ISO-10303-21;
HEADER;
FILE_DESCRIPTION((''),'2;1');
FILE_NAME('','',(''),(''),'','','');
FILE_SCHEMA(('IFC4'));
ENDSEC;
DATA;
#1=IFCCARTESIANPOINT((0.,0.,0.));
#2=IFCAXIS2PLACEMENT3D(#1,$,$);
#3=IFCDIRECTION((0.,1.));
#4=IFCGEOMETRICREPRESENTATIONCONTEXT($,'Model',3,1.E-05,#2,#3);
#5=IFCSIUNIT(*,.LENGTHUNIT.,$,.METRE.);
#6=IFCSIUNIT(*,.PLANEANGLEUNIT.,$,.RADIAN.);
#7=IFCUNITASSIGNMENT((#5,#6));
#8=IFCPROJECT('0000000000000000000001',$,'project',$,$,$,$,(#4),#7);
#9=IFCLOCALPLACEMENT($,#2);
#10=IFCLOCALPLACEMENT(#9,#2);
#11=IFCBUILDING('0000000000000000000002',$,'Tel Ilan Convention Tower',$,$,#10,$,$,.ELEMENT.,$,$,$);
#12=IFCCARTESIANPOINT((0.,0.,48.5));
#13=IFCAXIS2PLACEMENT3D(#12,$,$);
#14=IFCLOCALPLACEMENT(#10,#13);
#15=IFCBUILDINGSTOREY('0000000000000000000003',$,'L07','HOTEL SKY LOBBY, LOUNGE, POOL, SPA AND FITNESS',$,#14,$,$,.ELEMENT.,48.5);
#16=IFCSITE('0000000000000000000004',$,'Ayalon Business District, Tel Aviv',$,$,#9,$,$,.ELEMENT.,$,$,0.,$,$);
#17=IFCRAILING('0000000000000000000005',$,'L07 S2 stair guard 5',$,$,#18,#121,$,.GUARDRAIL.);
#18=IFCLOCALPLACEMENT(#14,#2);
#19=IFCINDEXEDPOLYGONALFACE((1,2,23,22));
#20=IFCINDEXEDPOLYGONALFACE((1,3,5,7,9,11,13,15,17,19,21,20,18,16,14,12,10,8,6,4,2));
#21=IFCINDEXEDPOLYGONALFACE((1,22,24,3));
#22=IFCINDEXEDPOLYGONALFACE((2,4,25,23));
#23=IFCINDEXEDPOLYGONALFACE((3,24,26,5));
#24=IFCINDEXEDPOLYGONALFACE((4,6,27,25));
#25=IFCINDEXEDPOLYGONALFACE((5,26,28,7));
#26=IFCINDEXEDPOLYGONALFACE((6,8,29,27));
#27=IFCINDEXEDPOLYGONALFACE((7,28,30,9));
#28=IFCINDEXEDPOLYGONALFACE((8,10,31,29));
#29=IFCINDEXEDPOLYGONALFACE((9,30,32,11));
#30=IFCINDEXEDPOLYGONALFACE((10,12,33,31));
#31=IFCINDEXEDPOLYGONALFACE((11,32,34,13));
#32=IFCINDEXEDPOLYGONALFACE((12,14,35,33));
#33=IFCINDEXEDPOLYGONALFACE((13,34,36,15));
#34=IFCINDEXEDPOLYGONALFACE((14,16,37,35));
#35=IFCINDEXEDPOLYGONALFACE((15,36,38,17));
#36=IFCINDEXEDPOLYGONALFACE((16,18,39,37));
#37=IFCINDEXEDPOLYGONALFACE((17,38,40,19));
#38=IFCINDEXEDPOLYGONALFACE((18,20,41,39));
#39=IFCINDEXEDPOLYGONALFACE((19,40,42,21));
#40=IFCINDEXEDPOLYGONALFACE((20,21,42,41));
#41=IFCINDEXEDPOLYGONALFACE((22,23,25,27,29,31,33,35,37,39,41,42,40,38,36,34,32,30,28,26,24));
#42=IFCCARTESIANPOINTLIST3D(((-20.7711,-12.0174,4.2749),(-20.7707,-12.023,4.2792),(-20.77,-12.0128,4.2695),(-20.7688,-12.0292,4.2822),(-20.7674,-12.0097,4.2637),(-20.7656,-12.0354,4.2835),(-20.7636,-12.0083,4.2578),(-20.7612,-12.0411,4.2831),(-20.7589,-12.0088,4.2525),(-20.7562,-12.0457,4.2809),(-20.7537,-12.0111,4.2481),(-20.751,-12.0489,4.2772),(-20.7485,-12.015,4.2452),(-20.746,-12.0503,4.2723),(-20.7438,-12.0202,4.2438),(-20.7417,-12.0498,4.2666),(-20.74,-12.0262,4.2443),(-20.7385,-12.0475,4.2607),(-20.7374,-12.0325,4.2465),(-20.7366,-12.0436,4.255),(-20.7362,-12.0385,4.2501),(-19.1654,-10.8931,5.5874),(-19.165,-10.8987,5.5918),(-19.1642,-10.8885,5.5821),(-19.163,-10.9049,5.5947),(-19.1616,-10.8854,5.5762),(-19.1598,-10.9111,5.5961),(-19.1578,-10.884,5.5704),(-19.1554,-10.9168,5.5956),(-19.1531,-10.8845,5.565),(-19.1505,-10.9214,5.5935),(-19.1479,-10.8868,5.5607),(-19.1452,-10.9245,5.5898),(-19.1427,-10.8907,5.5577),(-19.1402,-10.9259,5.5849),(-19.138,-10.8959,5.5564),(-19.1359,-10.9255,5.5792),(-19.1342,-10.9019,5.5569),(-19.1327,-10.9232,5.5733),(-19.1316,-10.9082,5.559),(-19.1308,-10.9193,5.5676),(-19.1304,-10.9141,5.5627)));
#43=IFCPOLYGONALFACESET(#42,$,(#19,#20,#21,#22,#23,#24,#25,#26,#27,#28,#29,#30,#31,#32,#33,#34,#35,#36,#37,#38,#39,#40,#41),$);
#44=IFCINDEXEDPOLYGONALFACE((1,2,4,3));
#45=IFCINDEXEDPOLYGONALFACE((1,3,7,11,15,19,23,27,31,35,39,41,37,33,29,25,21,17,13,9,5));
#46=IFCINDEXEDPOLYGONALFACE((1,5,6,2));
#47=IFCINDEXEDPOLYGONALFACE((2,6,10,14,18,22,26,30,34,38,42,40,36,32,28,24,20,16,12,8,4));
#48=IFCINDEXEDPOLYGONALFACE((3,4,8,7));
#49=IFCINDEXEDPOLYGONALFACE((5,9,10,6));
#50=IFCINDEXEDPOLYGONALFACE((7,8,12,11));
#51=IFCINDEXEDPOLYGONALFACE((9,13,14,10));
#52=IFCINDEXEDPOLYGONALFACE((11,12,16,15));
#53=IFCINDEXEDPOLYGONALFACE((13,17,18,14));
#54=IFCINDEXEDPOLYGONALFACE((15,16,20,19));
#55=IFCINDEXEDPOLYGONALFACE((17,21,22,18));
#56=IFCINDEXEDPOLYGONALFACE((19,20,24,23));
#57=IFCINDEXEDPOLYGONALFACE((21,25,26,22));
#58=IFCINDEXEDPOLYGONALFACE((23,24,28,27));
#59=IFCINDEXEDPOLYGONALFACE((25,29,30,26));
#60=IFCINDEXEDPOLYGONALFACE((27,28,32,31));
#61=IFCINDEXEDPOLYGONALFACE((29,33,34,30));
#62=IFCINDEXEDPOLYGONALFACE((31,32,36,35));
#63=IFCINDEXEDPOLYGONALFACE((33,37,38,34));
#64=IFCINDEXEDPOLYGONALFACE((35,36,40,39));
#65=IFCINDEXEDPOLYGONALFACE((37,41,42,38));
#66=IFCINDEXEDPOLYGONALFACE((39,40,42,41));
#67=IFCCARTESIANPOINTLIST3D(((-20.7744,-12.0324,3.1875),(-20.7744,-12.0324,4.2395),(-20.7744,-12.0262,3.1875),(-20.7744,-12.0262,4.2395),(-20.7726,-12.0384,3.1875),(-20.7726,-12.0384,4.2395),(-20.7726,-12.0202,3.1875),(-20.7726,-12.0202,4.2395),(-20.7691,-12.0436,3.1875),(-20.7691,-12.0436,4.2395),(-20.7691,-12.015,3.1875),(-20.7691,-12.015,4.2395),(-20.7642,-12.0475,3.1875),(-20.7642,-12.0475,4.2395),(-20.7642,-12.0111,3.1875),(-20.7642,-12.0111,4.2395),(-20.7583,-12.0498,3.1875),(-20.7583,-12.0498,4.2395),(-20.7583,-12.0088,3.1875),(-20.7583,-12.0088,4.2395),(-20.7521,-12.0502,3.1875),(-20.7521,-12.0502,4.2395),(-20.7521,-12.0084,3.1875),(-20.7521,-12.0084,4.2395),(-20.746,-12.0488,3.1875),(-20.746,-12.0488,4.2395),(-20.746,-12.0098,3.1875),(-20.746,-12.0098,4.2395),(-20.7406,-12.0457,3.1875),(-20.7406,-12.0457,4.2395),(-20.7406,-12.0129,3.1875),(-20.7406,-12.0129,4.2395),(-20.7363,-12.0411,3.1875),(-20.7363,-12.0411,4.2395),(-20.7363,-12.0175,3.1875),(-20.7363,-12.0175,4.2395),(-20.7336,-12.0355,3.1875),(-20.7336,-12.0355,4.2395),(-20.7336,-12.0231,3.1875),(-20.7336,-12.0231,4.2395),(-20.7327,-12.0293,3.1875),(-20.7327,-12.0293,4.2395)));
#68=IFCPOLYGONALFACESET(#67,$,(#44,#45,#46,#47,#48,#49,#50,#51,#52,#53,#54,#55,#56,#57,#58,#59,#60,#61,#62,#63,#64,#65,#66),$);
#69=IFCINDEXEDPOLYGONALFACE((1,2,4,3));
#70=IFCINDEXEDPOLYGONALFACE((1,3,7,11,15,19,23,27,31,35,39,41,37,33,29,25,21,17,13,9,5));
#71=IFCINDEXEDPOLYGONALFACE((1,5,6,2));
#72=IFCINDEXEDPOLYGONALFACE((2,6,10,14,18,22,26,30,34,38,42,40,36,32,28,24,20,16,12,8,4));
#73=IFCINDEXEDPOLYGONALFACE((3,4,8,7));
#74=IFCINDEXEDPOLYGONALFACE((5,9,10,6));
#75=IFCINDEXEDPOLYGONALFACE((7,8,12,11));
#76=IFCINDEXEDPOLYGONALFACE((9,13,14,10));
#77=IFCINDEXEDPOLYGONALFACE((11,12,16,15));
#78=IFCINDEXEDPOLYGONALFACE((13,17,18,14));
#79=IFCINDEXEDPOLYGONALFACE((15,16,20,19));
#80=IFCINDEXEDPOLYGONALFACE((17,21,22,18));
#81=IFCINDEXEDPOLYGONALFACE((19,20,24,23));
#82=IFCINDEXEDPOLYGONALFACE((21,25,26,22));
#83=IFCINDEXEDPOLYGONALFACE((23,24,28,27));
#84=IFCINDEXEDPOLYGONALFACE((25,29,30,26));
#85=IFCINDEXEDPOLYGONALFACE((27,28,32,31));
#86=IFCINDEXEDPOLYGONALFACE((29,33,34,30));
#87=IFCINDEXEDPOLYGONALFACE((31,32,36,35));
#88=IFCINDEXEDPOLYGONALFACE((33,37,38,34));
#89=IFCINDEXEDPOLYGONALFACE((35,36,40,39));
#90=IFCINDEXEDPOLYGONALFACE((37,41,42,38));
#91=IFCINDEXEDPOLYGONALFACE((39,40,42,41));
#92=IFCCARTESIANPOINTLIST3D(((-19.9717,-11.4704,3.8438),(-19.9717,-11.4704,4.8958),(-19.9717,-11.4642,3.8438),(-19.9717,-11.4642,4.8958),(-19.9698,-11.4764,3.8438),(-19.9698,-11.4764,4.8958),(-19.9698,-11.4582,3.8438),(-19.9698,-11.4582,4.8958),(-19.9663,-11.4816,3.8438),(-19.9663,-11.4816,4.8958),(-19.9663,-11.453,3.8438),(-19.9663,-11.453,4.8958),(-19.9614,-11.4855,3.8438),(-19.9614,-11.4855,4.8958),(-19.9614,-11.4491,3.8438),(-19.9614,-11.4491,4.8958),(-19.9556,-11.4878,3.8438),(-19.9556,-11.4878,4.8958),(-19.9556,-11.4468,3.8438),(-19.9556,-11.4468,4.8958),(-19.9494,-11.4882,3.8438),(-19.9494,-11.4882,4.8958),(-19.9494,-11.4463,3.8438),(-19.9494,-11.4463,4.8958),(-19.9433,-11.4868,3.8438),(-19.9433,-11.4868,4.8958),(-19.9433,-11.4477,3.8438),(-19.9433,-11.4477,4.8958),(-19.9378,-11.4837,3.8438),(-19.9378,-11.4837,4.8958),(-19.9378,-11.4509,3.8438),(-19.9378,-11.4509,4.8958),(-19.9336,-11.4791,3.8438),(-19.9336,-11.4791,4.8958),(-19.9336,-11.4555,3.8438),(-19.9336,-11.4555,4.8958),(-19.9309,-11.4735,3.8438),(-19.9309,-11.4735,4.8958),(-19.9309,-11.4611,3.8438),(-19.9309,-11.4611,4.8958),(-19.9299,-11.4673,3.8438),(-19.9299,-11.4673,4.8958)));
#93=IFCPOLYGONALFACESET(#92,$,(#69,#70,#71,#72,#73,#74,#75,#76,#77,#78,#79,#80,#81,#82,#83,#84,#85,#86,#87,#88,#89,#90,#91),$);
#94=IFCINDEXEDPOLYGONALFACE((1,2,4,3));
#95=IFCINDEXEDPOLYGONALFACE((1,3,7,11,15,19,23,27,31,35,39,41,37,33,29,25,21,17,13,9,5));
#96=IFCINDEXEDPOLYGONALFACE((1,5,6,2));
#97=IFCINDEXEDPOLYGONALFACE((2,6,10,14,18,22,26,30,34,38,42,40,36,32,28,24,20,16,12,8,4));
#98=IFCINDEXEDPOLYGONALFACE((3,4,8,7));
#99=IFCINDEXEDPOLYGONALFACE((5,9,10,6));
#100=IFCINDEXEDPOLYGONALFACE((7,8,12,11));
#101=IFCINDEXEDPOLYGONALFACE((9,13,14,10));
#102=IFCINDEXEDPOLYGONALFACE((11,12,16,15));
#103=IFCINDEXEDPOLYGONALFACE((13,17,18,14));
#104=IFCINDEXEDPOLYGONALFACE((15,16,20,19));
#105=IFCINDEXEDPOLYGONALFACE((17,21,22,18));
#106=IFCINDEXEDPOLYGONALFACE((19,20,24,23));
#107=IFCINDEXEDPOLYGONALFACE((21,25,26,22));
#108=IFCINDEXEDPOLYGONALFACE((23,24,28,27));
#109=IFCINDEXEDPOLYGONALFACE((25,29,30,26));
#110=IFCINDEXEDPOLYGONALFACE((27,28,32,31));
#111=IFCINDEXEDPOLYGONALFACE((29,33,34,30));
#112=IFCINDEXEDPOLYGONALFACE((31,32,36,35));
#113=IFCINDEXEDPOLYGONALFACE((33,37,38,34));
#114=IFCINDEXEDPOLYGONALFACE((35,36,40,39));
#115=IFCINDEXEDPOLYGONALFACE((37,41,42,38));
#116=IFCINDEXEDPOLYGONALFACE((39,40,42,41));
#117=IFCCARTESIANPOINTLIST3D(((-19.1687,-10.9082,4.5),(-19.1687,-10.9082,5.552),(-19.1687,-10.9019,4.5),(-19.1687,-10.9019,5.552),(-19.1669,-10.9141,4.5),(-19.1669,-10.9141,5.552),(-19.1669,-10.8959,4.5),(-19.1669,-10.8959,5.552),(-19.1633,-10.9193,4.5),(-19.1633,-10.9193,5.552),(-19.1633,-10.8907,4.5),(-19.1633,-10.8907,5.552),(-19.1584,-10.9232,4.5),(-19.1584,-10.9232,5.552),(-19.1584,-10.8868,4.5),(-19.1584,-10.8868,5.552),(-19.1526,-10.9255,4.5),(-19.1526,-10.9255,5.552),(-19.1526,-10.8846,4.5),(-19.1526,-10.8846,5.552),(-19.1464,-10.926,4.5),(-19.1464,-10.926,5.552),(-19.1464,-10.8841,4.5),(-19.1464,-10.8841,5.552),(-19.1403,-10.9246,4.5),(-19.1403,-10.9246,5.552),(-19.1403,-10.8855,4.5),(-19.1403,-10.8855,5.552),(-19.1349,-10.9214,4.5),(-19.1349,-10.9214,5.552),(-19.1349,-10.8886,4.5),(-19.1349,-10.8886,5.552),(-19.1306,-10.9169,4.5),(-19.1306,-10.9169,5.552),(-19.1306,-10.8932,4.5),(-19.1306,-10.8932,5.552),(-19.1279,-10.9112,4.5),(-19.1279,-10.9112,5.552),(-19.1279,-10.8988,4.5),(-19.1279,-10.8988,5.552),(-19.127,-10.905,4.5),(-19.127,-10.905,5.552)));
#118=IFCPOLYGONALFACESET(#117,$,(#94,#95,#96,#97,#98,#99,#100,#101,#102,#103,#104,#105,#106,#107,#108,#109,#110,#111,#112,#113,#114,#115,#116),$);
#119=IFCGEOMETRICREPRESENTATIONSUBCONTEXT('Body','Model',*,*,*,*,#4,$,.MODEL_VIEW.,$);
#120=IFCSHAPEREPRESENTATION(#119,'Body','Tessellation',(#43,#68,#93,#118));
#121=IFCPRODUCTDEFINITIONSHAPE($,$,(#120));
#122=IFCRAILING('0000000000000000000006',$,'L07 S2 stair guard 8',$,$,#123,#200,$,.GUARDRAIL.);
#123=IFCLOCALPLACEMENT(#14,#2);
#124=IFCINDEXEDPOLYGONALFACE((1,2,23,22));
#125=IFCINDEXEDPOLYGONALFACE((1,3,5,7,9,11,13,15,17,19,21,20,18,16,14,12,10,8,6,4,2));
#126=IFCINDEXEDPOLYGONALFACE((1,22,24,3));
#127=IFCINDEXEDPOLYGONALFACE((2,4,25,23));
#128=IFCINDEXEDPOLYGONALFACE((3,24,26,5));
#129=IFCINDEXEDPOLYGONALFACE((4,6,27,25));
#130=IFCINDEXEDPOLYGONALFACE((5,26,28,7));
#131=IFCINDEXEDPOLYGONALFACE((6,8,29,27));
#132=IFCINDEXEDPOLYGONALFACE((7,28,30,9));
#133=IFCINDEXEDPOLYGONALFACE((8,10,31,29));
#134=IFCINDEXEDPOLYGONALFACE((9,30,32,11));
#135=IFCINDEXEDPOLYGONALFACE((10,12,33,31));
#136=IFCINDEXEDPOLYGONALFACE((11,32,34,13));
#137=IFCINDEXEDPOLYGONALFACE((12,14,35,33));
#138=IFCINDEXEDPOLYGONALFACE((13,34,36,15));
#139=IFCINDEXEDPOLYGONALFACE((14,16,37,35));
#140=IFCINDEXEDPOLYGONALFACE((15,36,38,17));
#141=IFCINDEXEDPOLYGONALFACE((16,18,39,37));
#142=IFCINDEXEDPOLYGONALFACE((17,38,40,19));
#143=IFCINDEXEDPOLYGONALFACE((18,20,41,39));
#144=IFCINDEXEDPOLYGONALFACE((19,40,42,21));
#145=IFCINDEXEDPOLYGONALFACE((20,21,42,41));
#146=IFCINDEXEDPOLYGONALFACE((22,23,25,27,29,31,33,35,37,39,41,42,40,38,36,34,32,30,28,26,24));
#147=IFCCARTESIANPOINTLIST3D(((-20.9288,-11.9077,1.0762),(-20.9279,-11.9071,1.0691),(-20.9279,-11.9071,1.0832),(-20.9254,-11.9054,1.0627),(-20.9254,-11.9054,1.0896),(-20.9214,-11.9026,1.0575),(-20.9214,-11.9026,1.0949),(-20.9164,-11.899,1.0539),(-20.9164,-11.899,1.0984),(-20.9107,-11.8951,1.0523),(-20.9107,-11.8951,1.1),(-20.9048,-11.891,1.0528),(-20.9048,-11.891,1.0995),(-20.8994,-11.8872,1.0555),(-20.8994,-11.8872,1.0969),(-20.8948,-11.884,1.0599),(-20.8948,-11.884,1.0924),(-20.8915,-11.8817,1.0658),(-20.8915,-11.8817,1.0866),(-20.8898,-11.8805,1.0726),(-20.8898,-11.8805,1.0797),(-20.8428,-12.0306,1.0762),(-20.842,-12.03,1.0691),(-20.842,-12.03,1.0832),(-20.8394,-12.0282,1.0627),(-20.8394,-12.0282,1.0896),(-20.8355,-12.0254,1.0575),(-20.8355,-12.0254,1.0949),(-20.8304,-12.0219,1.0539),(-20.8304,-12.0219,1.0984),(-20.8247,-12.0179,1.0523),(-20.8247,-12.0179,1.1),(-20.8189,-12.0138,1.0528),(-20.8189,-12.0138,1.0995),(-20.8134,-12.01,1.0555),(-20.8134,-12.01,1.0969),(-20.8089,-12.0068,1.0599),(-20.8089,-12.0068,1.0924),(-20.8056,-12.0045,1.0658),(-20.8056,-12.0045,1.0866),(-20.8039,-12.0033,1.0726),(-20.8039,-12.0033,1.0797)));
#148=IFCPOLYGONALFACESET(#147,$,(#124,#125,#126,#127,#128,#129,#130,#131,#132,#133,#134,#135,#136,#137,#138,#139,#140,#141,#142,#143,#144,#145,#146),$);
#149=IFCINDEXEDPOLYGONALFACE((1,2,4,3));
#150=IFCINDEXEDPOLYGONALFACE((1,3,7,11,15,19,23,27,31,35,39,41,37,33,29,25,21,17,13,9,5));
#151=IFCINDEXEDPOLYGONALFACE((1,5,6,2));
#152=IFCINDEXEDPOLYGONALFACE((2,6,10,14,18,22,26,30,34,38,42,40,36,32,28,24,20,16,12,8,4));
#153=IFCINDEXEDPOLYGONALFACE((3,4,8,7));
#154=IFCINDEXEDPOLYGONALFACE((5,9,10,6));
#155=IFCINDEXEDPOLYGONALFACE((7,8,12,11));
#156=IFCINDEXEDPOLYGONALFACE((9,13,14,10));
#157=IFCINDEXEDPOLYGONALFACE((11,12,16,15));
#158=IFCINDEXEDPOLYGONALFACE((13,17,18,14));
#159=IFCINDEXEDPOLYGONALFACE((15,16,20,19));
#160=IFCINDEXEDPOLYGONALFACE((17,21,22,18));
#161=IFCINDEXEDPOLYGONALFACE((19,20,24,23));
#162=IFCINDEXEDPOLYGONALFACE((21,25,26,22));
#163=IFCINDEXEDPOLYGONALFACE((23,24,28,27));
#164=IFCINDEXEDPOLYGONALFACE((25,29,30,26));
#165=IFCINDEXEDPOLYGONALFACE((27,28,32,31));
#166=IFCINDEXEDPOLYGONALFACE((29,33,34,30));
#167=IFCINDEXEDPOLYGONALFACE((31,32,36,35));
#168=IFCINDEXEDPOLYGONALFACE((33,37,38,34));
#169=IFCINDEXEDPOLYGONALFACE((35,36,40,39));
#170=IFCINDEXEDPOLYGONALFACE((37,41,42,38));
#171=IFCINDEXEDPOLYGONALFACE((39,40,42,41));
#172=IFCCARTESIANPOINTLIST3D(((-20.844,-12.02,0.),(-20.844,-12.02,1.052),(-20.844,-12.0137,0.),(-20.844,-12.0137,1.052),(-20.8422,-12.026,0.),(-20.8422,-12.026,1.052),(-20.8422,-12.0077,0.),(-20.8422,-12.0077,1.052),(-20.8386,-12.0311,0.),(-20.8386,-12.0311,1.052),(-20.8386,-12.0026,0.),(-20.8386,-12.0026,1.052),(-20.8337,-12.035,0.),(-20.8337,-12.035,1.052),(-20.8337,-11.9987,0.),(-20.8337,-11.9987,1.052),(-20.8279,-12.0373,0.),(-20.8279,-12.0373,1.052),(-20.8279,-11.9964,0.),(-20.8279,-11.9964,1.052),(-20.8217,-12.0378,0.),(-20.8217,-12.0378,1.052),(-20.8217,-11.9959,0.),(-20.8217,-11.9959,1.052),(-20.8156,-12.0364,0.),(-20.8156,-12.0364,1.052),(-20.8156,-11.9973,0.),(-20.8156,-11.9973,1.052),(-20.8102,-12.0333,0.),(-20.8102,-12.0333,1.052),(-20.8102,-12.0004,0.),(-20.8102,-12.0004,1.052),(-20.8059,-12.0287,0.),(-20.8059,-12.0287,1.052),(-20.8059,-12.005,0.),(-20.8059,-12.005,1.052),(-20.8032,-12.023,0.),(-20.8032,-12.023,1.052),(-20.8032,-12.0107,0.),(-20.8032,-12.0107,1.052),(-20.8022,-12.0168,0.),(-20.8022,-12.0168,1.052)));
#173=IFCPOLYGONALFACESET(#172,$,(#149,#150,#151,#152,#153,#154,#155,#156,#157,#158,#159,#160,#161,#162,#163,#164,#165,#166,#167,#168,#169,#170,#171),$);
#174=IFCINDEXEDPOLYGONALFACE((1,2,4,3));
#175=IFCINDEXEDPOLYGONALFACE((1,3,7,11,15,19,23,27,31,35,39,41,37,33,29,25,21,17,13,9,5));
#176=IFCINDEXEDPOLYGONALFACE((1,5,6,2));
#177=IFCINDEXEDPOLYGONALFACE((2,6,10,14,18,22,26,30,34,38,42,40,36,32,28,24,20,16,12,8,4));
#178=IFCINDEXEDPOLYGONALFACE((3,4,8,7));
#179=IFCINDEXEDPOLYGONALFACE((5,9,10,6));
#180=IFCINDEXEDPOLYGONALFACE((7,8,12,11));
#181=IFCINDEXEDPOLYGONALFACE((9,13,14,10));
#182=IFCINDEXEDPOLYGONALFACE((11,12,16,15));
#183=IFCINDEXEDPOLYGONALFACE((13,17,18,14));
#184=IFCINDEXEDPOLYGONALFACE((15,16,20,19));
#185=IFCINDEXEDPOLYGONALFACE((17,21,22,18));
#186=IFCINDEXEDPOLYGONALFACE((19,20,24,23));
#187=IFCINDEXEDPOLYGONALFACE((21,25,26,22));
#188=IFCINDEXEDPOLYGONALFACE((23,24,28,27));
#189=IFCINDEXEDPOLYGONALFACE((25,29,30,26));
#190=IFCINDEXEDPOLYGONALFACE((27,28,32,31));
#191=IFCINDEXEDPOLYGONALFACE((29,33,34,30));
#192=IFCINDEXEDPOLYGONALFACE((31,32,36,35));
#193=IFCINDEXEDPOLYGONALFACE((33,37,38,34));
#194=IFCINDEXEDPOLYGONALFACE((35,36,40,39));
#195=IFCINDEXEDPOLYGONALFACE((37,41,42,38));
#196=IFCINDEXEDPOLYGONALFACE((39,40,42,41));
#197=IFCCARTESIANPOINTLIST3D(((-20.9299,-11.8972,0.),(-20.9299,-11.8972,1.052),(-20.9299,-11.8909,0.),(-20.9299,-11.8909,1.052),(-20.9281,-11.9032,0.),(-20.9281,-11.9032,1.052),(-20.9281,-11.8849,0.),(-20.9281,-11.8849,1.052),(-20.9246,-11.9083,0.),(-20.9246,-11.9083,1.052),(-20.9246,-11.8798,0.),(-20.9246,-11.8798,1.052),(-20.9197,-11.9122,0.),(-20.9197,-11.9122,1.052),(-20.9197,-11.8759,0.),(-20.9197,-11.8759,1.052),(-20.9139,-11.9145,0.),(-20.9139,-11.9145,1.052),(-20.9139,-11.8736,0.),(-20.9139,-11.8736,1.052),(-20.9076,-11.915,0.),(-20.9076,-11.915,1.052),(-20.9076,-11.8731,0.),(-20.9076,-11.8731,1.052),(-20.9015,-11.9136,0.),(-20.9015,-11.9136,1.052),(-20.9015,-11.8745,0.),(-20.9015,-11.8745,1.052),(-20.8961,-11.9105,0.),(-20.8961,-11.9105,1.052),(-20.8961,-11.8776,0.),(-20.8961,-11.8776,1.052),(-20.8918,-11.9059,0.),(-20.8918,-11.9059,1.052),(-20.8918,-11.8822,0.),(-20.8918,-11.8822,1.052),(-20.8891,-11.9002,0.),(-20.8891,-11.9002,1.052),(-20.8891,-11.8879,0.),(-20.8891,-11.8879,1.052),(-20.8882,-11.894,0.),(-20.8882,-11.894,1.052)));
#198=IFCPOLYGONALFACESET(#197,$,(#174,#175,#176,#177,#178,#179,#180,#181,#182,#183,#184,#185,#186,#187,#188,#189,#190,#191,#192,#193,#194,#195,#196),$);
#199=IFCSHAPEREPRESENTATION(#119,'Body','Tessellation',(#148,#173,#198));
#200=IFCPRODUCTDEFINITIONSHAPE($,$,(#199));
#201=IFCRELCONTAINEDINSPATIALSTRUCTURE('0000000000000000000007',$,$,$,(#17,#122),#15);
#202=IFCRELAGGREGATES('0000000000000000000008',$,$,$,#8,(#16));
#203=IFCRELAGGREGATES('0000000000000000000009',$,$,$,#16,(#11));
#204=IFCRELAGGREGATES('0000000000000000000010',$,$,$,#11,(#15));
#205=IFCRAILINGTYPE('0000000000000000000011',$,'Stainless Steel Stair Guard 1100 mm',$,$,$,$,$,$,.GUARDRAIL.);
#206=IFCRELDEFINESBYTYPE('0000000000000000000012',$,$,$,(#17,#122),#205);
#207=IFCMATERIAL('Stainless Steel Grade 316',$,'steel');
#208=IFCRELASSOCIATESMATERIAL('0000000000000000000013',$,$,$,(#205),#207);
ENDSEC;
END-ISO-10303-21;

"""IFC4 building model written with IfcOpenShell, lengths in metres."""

from ifc_helpers import new_model, si_unit, direction, frame, origin, origin_2d, place, context, subcontext, project, spatial, circle, extrude, material, type_object, element, save


model = new_model("IFC4")

# Units and contexts
model_context = context("Model", 3, precision=1e-05, world=origin(), true_north=direction((0.0, 1.0)))
body_context = subcontext(model_context, "Body", "Model", "MODEL_VIEW")
ifc_project = project(units=[si_unit("LENGTHUNIT", "METRE"), si_unit("PLANEANGLEUNIT", "RADIAN")], contexts=[model_context])

# Site, building, storey
site_placement = place(None, origin())
site = spatial("IfcSite", under=ifc_project, at=site_placement, Name="Ayalon Business District, Tel Aviv", CompositionType="ELEMENT", RefElevation=0.0)
building_placement = place(site_placement, origin())
building = spatial("IfcBuilding", under=site, at=building_placement, Name="Tel Ilan Convention Tower", CompositionType="ELEMENT")
storey_placement = place(building_placement, frame((0.0, 0.0, 48.5)))
storey = spatial("IfcBuildingStorey", under=building, at=storey_placement, Name="L07", Description="HOTEL SKY LOBBY, LOUNGE, POOL, SPA AND FITNESS", CompositionType="ELEMENT", Elevation=48.5)

# Railings
ifc_material_1 = material(Name="Stainless Steel Grade 316", Category="steel")
railing_type_1 = type_object("IfcRailingType", Name="Stainless Steel Stair Guard 1100 mm", PredefinedType="GUARDRAIL", material=ifc_material_1)
railing_1_placement = place(storey_placement, frame((-20.7537, -12.0293, 3.1875)))
element("IfcRailing", 1, at=railing_1_placement, inside=storey, type_object=railing_type_1, Name="L07 S2 stair guard 5", PredefinedType="GUARDRAIL", context=body_context, shape_type="SweptSolid", body=[
    extrude(circle(Radius=0.0239, at=origin_2d()), frame((0.0, 0.0, 1.0762), z_axis=(0.680671, 0.476584, 0.556376), x_axis=(-0.573554, 0.819168, 0.0)), (0.0, 0.0, 1.0), 2.3591),
    extrude(circle(Radius=0.021, at=origin_2d()), origin(), (0.0, 0.0, 1.0), 1.052),
    extrude(circle(Radius=0.021, at=origin_2d()), frame((0.8027, 0.562, 0.6562)), (0.0, 0.0, 1.0), 1.052),
    extrude(circle(Radius=0.021, at=origin_2d()), frame((1.6057, 1.1243, 1.3125)), (0.0, 0.0, 1.0), 1.052),
])
railing_2_placement = place(storey_placement, frame((-20.8232, -12.0168, 0.0)))
element("IfcRailing", 2, at=railing_2_placement, inside=storey, type_object=railing_type_1, Name="L07 S2 stair guard 8", PredefinedType="GUARDRAIL", context=body_context, shape_type="SweptSolid", body=[
    extrude(circle(Radius=0.0239, at=origin_2d()), frame((0.0, 0.0, 1.0762), z_axis=(-0.573353, 0.819308, 0.0), x_axis=(-0.819308, -0.573353, 0.0)), (0.0, 0.0, 1.0), 0.1499),
    extrude(circle(Radius=0.021, at=origin_2d()), origin(), (0.0, 0.0, 1.0), 1.052),
    extrude(circle(Radius=0.021, at=origin_2d()), frame((-0.0859, 0.1228, 0.0)), (0.0, 0.0, 1.0), 1.052),
])

save(model, "model.ifc")
